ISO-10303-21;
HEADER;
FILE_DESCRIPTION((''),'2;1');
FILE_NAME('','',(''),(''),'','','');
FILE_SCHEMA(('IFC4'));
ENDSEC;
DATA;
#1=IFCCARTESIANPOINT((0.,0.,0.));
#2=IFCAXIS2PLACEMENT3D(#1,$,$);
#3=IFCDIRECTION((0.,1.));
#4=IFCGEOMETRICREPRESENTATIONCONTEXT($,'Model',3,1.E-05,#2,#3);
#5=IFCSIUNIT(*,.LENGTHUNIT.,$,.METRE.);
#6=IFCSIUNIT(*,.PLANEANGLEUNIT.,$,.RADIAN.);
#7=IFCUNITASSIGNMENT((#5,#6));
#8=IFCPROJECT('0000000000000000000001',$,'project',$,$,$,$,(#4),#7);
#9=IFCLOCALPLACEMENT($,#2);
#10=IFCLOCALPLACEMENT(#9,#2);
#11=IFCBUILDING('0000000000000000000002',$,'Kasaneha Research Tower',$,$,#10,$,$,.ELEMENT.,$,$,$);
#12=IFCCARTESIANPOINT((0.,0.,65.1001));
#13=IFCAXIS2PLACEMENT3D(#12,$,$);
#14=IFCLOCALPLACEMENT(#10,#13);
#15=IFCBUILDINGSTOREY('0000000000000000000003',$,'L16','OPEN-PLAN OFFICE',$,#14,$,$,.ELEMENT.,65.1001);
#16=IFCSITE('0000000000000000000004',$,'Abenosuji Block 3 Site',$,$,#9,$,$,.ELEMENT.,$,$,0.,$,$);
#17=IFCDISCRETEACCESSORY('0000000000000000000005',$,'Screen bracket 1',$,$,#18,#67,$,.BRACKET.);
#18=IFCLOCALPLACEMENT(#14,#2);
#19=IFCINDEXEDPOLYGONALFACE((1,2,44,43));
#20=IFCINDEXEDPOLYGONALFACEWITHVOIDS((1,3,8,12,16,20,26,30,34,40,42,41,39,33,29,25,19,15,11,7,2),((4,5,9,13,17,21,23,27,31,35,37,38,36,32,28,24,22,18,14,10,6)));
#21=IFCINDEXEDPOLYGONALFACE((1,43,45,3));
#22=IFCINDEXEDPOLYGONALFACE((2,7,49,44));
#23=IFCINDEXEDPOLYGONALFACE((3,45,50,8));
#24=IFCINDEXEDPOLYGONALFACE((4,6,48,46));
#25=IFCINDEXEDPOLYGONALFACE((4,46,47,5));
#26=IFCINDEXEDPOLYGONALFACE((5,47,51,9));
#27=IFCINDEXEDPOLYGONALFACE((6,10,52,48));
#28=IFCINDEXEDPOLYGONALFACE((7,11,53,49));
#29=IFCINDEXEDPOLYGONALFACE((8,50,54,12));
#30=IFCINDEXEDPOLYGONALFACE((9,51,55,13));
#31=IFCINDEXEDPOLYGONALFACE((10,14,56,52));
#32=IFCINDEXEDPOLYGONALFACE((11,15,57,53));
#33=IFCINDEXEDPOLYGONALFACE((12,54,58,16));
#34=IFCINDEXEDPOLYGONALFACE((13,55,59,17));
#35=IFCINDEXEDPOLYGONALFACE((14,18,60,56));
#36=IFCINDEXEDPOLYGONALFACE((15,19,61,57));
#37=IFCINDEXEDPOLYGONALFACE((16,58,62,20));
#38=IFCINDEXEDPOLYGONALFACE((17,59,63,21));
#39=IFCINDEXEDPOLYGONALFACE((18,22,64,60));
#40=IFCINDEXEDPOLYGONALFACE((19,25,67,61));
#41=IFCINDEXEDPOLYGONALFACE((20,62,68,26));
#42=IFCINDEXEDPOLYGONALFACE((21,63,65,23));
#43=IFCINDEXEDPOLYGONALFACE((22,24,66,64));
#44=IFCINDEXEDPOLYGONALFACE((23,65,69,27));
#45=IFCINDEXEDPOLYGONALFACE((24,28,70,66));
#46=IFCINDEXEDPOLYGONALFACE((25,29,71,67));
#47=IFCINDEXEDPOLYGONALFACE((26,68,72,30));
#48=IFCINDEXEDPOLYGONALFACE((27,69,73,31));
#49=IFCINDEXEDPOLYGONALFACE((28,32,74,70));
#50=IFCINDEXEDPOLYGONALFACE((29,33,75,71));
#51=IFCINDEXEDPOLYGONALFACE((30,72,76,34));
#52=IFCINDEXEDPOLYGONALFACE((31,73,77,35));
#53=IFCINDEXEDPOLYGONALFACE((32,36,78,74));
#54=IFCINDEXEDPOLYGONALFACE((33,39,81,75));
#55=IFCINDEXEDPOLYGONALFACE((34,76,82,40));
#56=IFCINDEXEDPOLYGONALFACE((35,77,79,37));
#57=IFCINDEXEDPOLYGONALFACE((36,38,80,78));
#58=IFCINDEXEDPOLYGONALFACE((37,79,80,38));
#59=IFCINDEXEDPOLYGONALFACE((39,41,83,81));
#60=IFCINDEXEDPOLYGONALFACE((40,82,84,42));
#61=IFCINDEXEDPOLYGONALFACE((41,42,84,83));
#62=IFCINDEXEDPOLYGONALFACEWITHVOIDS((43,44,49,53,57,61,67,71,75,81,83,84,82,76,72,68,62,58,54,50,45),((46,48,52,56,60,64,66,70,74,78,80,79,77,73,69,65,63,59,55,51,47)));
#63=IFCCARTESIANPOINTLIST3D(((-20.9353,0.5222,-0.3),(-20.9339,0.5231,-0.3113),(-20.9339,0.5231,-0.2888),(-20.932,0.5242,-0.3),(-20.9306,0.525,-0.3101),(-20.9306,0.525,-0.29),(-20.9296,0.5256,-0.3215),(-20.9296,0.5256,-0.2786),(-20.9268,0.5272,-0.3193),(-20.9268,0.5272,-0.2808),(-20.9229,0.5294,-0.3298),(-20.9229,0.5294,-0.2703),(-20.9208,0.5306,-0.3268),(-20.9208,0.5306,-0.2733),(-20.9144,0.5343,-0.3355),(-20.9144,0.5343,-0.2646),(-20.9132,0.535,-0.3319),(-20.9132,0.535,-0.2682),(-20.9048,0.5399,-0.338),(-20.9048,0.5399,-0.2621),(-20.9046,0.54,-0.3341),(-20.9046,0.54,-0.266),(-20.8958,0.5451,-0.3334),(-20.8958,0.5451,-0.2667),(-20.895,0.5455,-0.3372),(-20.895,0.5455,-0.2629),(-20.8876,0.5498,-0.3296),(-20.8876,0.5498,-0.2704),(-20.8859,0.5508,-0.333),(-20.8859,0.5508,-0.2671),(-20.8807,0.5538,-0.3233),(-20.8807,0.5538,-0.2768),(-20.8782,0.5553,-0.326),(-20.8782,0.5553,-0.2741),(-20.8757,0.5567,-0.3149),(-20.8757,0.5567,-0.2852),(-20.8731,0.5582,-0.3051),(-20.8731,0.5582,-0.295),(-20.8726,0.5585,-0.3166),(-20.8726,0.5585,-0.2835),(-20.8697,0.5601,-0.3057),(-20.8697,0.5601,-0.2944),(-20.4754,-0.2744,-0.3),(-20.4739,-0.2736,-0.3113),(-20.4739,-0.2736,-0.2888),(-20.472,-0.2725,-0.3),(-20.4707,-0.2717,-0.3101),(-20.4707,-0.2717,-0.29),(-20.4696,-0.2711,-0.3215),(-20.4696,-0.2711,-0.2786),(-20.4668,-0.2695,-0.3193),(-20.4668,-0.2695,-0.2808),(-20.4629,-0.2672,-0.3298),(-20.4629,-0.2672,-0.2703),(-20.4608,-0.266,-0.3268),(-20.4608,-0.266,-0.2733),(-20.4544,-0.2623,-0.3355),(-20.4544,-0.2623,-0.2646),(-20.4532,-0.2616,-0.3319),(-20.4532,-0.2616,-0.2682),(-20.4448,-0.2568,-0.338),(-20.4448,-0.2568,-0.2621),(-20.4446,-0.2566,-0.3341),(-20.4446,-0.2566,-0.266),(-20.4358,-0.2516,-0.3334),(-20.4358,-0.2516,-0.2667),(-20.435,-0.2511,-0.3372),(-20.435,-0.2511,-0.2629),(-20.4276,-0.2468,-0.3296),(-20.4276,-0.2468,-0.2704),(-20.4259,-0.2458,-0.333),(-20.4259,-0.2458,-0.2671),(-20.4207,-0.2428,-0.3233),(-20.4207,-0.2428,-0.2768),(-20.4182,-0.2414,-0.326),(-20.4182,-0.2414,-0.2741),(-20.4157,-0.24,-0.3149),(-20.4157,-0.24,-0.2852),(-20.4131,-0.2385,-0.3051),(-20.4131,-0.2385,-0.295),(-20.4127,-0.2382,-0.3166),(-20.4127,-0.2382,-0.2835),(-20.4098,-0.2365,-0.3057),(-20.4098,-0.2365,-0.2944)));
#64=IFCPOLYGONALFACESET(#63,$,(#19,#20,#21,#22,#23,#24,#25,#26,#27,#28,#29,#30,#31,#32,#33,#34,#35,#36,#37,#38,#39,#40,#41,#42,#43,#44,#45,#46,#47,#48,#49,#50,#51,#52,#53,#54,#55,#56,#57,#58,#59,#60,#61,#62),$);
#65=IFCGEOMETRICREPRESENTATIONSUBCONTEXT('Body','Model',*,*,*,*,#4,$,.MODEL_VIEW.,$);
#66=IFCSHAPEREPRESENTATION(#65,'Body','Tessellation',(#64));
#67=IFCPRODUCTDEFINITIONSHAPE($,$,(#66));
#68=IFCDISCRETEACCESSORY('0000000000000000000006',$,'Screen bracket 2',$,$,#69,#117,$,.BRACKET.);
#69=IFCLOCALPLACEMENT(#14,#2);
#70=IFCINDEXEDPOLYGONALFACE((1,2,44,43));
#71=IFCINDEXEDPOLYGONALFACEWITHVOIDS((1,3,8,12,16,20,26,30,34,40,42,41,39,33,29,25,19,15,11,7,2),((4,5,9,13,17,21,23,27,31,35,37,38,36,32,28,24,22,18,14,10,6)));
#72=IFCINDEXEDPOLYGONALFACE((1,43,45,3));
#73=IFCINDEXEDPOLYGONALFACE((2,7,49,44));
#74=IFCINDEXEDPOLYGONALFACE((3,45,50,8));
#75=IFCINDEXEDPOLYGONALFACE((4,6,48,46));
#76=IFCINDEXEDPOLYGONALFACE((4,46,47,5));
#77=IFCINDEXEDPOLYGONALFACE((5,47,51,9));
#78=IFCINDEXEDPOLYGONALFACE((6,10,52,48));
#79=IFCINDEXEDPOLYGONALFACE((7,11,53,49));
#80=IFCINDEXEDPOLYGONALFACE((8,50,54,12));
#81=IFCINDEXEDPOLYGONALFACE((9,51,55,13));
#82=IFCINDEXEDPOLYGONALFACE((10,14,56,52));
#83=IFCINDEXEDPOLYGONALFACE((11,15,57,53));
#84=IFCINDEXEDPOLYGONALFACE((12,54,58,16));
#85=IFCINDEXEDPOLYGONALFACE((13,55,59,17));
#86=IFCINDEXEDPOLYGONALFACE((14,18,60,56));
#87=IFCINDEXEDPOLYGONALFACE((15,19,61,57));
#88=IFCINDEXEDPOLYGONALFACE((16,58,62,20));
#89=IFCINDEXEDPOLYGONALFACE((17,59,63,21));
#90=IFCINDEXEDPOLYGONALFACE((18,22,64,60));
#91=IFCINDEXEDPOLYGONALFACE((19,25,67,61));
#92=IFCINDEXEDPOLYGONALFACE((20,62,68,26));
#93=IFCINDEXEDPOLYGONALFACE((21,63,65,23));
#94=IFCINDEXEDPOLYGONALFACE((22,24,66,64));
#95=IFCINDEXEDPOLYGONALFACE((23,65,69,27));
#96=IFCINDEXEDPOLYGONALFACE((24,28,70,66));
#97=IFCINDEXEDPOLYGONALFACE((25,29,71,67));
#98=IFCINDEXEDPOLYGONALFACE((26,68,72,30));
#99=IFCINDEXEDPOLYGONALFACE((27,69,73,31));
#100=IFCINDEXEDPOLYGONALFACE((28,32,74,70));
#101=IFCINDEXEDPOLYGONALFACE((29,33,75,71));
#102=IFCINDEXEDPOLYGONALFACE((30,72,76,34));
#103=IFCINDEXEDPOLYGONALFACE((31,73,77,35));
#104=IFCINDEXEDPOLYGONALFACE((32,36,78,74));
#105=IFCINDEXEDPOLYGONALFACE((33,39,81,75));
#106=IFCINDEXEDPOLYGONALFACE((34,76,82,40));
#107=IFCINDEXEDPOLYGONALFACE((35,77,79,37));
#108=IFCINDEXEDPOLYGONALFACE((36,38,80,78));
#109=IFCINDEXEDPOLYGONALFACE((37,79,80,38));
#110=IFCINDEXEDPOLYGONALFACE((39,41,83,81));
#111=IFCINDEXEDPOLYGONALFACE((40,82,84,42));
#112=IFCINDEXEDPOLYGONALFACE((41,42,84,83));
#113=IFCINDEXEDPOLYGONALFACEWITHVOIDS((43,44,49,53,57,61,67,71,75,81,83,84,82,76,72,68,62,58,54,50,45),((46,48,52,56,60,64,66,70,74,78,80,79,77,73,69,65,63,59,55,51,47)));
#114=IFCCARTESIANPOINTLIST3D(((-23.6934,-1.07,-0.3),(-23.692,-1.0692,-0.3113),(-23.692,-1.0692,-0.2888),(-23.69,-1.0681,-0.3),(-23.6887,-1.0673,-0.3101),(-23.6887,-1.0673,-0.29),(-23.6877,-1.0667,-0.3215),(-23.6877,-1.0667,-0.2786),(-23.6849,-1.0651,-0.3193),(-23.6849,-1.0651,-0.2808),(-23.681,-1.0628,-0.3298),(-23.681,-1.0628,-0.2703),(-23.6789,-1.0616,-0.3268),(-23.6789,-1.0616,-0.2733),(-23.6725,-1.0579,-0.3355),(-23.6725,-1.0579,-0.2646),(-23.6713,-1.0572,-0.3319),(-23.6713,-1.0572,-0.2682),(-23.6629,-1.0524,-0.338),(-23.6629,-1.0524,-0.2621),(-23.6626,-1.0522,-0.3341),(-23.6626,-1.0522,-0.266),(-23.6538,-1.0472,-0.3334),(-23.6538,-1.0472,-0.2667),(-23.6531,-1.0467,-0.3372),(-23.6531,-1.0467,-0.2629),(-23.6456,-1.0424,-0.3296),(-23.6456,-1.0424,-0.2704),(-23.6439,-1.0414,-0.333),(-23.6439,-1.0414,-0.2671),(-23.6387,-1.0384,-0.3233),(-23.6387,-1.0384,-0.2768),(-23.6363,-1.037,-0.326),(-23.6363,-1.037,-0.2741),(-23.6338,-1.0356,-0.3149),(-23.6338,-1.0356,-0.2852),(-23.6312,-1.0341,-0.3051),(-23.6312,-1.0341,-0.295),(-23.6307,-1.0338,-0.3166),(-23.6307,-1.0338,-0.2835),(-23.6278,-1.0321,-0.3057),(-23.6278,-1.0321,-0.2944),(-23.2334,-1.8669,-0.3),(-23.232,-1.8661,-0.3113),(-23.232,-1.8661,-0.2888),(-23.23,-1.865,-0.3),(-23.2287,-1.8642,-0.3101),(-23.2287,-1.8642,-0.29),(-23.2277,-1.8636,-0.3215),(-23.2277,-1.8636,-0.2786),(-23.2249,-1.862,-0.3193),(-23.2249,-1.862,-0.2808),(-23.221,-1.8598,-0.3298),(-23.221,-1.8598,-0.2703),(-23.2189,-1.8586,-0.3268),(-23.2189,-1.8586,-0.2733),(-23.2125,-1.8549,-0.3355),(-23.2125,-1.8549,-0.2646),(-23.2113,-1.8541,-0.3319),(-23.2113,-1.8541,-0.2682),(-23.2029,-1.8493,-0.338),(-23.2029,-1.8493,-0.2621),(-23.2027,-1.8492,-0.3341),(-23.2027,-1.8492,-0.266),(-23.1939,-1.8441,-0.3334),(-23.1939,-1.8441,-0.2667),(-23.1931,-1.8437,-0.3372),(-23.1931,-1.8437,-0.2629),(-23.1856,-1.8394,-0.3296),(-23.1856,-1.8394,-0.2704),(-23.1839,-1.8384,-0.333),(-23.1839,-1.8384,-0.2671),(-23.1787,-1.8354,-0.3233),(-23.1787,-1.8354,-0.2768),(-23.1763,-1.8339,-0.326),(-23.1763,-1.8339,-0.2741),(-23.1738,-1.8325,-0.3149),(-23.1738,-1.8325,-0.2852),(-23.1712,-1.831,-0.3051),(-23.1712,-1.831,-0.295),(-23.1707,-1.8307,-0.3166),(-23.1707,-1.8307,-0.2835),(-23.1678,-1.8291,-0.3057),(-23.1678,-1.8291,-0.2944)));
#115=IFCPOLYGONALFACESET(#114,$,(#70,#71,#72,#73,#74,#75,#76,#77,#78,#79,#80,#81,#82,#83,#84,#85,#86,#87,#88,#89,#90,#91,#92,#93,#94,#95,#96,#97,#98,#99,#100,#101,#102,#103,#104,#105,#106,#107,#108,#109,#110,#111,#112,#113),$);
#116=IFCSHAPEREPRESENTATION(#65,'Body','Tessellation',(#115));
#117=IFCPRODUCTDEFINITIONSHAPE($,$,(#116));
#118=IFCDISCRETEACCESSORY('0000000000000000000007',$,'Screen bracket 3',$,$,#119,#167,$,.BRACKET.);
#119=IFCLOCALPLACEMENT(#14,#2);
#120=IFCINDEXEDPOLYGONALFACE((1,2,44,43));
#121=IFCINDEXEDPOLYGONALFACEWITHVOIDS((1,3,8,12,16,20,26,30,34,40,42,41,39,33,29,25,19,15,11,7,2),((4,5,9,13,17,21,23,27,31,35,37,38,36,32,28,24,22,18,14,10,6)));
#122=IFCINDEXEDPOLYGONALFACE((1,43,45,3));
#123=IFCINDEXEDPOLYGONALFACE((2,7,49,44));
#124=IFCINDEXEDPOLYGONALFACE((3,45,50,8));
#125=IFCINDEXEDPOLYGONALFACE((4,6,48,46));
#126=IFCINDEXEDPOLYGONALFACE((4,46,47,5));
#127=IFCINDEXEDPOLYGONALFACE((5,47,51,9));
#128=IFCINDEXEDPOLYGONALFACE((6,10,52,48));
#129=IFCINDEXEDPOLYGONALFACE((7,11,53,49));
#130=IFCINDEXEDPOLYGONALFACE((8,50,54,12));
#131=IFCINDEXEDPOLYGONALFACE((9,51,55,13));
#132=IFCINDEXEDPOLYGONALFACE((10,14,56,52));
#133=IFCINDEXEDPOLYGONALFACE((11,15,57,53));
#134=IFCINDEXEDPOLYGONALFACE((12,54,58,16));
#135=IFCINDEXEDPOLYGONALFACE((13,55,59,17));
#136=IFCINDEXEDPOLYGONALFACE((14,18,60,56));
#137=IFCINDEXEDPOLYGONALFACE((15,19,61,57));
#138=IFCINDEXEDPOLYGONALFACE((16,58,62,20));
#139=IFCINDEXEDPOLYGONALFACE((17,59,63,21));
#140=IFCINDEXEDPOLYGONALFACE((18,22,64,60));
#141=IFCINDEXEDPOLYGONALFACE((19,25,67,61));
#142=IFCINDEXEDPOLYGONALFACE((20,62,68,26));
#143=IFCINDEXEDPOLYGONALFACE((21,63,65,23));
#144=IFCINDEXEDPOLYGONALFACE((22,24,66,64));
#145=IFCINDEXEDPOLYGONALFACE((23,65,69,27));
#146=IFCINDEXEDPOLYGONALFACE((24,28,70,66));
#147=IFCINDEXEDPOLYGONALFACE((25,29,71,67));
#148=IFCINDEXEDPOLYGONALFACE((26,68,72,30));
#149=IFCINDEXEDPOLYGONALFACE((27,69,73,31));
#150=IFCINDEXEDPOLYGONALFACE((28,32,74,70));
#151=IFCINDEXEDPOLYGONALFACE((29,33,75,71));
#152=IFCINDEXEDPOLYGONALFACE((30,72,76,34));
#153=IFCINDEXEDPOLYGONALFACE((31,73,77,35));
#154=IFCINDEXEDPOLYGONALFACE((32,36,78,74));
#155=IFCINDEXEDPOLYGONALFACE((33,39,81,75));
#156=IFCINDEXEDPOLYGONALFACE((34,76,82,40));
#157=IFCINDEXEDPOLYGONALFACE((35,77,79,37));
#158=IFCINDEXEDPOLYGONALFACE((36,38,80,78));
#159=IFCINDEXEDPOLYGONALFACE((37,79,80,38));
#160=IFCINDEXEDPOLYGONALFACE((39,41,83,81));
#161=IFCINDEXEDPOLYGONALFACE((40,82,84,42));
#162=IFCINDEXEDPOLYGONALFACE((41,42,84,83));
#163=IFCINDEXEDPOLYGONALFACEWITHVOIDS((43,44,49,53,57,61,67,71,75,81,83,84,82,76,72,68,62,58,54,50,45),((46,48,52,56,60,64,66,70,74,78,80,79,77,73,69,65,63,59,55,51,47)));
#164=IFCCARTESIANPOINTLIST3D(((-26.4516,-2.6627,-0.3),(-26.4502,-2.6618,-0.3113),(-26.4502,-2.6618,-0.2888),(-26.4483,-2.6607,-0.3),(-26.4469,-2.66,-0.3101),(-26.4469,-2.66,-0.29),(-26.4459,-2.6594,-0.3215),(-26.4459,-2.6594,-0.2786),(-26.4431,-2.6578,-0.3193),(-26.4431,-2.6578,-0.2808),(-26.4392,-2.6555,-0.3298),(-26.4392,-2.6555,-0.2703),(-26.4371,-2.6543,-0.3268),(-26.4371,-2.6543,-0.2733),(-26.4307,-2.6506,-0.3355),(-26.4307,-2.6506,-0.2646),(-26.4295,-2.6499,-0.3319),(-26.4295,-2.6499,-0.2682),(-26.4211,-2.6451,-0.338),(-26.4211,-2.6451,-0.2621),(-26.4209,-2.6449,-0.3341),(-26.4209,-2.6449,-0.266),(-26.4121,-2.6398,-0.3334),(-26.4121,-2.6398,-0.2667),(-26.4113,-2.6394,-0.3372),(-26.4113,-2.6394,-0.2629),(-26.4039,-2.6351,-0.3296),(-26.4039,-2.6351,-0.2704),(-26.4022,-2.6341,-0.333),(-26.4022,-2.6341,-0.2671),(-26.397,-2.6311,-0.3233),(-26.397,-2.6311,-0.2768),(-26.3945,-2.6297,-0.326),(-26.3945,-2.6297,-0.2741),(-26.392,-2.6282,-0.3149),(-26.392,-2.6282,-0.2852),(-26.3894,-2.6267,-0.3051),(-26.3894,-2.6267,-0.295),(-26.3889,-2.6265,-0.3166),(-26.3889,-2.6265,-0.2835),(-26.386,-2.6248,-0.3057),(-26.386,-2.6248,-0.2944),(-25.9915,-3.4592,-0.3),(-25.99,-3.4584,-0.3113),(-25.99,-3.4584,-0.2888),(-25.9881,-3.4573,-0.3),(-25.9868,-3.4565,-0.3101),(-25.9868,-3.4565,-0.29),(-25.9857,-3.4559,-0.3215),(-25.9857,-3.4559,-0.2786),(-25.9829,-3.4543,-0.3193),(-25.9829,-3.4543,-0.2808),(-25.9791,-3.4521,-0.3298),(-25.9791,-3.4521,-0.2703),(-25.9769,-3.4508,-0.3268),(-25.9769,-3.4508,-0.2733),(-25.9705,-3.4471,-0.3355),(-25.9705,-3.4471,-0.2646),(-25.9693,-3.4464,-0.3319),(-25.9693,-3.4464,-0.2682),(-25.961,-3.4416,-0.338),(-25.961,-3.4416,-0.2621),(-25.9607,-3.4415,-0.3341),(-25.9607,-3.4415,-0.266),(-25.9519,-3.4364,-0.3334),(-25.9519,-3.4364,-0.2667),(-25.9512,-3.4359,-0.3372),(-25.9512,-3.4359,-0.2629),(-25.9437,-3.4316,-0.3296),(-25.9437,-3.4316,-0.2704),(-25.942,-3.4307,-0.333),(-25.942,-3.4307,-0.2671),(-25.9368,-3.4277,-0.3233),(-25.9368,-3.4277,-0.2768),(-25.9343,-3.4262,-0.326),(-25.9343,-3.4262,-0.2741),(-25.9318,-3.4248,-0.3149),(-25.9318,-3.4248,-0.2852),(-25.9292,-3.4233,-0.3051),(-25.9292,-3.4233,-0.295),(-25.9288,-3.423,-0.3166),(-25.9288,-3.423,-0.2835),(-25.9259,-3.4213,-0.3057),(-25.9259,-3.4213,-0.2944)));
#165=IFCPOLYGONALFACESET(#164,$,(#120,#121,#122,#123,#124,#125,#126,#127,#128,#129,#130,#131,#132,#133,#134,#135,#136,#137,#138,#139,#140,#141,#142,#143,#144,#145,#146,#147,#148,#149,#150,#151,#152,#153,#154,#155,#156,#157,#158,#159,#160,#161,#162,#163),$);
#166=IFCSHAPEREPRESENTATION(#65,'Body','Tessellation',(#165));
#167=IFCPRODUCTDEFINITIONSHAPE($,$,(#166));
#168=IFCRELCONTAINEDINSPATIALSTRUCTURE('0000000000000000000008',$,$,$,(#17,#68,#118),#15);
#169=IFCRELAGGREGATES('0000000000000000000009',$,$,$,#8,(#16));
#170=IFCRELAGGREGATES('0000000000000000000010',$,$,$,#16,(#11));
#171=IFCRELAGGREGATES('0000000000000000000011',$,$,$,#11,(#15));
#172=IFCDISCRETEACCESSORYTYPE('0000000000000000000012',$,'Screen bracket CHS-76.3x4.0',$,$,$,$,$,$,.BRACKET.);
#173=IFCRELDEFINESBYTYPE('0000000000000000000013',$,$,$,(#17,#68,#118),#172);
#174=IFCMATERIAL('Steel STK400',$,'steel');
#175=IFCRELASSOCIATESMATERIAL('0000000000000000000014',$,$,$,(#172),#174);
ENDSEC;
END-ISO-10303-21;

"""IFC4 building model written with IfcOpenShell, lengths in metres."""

from ifc_helpers import new_model, si_unit, direction, frame, origin, origin_2d, place, context, subcontext, project, spatial, hollow_circle, extrude, material, material_profile, profile_set, type_object, element, save


model = new_model("IFC4")

# Units and contexts
model_context = context("Model", 3, precision=1e-05, world=origin(), true_north=direction((0.0, 1.0)))
body_context = subcontext(model_context, "Body", "Model", "MODEL_VIEW")
ifc_project = project(units=[si_unit("LENGTHUNIT", "METRE"), si_unit("PLANEANGLEUNIT", "RADIAN")], contexts=[model_context])

# Site, building, storey
site_placement = place(None, origin())
site = spatial("IfcSite", under=ifc_project, at=site_placement, Name="Abenosuji Block 3 Site", CompositionType="ELEMENT", RefElevation=0.0)
building_placement = place(site_placement, origin())
building = spatial("IfcBuilding", under=site, at=building_placement, Name="Kasaneha Research Tower", CompositionType="ELEMENT")
storey_placement = place(building_placement, frame((0.0, 0.0, 65.1001)))
storey = spatial("IfcBuildingStorey", under=building, at=storey_placement, Name="L16", Description="OPEN-PLAN OFFICE", CompositionType="ELEMENT", Elevation=65.1001)

# Discrete accessories
ifc_material_1 = material(Name="Steel STK400", Category="steel")
ifc_material_profile_1 = material_profile(ifc_material_1, hollow_circle(Radius=0.0381, WallThickness=0.0039, at=origin_2d()), Name="CHS-76.3x4.0")
ifc_profile_set_1 = profile_set([ifc_material_profile_1], Name="Steel STK400")
discrete_accessory_type = type_object("IfcDiscreteAccessoryType", Name="Screen bracket CHS-76.3x4.0", PredefinedType="BRACKET", material=ifc_profile_set_1)
discrete_accessory_1_placement = place(storey_placement, frame((-20.4424, -0.2554, -0.3), z_axis=(-0.500021, 0.866013, 0.0), x_axis=(-0.866013, -0.500021, 0.0)))
element("IfcDiscreteAccessory", 1, at=discrete_accessory_1_placement, inside=storey, type_object=discrete_accessory_type, Name="Screen bracket 1", PredefinedType="BRACKET", context=body_context, shape_type="SweptSolid", body=[
    extrude(hollow_circle(Radius=0.0381, WallThickness=0.0039, at=origin_2d()), origin(), (0.0, 0.0, 1.0), 0.9199),
])
discrete_accessory_2_placement = place(storey_placement, frame((-23.2004, -1.8479, -0.3), z_axis=(-0.499906, 0.86608, 0.0), x_axis=(-0.86608, -0.499906, 0.0)))
element("IfcDiscreteAccessory", 2, at=discrete_accessory_2_placement, inside=storey, type_object=discrete_accessory_type, Name="Screen bracket 2", PredefinedType="BRACKET", context=body_context, shape_type="SweptSolid", body=[
    extrude(hollow_circle(Radius=0.0381, WallThickness=0.0039, at=origin_2d()), origin(), (0.0, 0.0, 1.0), 0.9202),
])
discrete_accessory_3_placement = place(storey_placement, frame((-25.9585, -3.4402, -0.3), z_axis=(-0.50022, 0.865898, 0.0), x_axis=(-0.865898, -0.50022, 0.0)))
element("IfcDiscreteAccessory", 3, at=discrete_accessory_3_placement, inside=storey, type_object=discrete_accessory_type, Name="Screen bracket 3", PredefinedType="BRACKET", context=body_context, shape_type="SweptSolid", body=[
    extrude(hollow_circle(Radius=0.0381, WallThickness=0.0039, at=origin_2d()), origin(), (0.0, 0.0, 1.0), 0.9199),
])

save(model, "model.ifc")
